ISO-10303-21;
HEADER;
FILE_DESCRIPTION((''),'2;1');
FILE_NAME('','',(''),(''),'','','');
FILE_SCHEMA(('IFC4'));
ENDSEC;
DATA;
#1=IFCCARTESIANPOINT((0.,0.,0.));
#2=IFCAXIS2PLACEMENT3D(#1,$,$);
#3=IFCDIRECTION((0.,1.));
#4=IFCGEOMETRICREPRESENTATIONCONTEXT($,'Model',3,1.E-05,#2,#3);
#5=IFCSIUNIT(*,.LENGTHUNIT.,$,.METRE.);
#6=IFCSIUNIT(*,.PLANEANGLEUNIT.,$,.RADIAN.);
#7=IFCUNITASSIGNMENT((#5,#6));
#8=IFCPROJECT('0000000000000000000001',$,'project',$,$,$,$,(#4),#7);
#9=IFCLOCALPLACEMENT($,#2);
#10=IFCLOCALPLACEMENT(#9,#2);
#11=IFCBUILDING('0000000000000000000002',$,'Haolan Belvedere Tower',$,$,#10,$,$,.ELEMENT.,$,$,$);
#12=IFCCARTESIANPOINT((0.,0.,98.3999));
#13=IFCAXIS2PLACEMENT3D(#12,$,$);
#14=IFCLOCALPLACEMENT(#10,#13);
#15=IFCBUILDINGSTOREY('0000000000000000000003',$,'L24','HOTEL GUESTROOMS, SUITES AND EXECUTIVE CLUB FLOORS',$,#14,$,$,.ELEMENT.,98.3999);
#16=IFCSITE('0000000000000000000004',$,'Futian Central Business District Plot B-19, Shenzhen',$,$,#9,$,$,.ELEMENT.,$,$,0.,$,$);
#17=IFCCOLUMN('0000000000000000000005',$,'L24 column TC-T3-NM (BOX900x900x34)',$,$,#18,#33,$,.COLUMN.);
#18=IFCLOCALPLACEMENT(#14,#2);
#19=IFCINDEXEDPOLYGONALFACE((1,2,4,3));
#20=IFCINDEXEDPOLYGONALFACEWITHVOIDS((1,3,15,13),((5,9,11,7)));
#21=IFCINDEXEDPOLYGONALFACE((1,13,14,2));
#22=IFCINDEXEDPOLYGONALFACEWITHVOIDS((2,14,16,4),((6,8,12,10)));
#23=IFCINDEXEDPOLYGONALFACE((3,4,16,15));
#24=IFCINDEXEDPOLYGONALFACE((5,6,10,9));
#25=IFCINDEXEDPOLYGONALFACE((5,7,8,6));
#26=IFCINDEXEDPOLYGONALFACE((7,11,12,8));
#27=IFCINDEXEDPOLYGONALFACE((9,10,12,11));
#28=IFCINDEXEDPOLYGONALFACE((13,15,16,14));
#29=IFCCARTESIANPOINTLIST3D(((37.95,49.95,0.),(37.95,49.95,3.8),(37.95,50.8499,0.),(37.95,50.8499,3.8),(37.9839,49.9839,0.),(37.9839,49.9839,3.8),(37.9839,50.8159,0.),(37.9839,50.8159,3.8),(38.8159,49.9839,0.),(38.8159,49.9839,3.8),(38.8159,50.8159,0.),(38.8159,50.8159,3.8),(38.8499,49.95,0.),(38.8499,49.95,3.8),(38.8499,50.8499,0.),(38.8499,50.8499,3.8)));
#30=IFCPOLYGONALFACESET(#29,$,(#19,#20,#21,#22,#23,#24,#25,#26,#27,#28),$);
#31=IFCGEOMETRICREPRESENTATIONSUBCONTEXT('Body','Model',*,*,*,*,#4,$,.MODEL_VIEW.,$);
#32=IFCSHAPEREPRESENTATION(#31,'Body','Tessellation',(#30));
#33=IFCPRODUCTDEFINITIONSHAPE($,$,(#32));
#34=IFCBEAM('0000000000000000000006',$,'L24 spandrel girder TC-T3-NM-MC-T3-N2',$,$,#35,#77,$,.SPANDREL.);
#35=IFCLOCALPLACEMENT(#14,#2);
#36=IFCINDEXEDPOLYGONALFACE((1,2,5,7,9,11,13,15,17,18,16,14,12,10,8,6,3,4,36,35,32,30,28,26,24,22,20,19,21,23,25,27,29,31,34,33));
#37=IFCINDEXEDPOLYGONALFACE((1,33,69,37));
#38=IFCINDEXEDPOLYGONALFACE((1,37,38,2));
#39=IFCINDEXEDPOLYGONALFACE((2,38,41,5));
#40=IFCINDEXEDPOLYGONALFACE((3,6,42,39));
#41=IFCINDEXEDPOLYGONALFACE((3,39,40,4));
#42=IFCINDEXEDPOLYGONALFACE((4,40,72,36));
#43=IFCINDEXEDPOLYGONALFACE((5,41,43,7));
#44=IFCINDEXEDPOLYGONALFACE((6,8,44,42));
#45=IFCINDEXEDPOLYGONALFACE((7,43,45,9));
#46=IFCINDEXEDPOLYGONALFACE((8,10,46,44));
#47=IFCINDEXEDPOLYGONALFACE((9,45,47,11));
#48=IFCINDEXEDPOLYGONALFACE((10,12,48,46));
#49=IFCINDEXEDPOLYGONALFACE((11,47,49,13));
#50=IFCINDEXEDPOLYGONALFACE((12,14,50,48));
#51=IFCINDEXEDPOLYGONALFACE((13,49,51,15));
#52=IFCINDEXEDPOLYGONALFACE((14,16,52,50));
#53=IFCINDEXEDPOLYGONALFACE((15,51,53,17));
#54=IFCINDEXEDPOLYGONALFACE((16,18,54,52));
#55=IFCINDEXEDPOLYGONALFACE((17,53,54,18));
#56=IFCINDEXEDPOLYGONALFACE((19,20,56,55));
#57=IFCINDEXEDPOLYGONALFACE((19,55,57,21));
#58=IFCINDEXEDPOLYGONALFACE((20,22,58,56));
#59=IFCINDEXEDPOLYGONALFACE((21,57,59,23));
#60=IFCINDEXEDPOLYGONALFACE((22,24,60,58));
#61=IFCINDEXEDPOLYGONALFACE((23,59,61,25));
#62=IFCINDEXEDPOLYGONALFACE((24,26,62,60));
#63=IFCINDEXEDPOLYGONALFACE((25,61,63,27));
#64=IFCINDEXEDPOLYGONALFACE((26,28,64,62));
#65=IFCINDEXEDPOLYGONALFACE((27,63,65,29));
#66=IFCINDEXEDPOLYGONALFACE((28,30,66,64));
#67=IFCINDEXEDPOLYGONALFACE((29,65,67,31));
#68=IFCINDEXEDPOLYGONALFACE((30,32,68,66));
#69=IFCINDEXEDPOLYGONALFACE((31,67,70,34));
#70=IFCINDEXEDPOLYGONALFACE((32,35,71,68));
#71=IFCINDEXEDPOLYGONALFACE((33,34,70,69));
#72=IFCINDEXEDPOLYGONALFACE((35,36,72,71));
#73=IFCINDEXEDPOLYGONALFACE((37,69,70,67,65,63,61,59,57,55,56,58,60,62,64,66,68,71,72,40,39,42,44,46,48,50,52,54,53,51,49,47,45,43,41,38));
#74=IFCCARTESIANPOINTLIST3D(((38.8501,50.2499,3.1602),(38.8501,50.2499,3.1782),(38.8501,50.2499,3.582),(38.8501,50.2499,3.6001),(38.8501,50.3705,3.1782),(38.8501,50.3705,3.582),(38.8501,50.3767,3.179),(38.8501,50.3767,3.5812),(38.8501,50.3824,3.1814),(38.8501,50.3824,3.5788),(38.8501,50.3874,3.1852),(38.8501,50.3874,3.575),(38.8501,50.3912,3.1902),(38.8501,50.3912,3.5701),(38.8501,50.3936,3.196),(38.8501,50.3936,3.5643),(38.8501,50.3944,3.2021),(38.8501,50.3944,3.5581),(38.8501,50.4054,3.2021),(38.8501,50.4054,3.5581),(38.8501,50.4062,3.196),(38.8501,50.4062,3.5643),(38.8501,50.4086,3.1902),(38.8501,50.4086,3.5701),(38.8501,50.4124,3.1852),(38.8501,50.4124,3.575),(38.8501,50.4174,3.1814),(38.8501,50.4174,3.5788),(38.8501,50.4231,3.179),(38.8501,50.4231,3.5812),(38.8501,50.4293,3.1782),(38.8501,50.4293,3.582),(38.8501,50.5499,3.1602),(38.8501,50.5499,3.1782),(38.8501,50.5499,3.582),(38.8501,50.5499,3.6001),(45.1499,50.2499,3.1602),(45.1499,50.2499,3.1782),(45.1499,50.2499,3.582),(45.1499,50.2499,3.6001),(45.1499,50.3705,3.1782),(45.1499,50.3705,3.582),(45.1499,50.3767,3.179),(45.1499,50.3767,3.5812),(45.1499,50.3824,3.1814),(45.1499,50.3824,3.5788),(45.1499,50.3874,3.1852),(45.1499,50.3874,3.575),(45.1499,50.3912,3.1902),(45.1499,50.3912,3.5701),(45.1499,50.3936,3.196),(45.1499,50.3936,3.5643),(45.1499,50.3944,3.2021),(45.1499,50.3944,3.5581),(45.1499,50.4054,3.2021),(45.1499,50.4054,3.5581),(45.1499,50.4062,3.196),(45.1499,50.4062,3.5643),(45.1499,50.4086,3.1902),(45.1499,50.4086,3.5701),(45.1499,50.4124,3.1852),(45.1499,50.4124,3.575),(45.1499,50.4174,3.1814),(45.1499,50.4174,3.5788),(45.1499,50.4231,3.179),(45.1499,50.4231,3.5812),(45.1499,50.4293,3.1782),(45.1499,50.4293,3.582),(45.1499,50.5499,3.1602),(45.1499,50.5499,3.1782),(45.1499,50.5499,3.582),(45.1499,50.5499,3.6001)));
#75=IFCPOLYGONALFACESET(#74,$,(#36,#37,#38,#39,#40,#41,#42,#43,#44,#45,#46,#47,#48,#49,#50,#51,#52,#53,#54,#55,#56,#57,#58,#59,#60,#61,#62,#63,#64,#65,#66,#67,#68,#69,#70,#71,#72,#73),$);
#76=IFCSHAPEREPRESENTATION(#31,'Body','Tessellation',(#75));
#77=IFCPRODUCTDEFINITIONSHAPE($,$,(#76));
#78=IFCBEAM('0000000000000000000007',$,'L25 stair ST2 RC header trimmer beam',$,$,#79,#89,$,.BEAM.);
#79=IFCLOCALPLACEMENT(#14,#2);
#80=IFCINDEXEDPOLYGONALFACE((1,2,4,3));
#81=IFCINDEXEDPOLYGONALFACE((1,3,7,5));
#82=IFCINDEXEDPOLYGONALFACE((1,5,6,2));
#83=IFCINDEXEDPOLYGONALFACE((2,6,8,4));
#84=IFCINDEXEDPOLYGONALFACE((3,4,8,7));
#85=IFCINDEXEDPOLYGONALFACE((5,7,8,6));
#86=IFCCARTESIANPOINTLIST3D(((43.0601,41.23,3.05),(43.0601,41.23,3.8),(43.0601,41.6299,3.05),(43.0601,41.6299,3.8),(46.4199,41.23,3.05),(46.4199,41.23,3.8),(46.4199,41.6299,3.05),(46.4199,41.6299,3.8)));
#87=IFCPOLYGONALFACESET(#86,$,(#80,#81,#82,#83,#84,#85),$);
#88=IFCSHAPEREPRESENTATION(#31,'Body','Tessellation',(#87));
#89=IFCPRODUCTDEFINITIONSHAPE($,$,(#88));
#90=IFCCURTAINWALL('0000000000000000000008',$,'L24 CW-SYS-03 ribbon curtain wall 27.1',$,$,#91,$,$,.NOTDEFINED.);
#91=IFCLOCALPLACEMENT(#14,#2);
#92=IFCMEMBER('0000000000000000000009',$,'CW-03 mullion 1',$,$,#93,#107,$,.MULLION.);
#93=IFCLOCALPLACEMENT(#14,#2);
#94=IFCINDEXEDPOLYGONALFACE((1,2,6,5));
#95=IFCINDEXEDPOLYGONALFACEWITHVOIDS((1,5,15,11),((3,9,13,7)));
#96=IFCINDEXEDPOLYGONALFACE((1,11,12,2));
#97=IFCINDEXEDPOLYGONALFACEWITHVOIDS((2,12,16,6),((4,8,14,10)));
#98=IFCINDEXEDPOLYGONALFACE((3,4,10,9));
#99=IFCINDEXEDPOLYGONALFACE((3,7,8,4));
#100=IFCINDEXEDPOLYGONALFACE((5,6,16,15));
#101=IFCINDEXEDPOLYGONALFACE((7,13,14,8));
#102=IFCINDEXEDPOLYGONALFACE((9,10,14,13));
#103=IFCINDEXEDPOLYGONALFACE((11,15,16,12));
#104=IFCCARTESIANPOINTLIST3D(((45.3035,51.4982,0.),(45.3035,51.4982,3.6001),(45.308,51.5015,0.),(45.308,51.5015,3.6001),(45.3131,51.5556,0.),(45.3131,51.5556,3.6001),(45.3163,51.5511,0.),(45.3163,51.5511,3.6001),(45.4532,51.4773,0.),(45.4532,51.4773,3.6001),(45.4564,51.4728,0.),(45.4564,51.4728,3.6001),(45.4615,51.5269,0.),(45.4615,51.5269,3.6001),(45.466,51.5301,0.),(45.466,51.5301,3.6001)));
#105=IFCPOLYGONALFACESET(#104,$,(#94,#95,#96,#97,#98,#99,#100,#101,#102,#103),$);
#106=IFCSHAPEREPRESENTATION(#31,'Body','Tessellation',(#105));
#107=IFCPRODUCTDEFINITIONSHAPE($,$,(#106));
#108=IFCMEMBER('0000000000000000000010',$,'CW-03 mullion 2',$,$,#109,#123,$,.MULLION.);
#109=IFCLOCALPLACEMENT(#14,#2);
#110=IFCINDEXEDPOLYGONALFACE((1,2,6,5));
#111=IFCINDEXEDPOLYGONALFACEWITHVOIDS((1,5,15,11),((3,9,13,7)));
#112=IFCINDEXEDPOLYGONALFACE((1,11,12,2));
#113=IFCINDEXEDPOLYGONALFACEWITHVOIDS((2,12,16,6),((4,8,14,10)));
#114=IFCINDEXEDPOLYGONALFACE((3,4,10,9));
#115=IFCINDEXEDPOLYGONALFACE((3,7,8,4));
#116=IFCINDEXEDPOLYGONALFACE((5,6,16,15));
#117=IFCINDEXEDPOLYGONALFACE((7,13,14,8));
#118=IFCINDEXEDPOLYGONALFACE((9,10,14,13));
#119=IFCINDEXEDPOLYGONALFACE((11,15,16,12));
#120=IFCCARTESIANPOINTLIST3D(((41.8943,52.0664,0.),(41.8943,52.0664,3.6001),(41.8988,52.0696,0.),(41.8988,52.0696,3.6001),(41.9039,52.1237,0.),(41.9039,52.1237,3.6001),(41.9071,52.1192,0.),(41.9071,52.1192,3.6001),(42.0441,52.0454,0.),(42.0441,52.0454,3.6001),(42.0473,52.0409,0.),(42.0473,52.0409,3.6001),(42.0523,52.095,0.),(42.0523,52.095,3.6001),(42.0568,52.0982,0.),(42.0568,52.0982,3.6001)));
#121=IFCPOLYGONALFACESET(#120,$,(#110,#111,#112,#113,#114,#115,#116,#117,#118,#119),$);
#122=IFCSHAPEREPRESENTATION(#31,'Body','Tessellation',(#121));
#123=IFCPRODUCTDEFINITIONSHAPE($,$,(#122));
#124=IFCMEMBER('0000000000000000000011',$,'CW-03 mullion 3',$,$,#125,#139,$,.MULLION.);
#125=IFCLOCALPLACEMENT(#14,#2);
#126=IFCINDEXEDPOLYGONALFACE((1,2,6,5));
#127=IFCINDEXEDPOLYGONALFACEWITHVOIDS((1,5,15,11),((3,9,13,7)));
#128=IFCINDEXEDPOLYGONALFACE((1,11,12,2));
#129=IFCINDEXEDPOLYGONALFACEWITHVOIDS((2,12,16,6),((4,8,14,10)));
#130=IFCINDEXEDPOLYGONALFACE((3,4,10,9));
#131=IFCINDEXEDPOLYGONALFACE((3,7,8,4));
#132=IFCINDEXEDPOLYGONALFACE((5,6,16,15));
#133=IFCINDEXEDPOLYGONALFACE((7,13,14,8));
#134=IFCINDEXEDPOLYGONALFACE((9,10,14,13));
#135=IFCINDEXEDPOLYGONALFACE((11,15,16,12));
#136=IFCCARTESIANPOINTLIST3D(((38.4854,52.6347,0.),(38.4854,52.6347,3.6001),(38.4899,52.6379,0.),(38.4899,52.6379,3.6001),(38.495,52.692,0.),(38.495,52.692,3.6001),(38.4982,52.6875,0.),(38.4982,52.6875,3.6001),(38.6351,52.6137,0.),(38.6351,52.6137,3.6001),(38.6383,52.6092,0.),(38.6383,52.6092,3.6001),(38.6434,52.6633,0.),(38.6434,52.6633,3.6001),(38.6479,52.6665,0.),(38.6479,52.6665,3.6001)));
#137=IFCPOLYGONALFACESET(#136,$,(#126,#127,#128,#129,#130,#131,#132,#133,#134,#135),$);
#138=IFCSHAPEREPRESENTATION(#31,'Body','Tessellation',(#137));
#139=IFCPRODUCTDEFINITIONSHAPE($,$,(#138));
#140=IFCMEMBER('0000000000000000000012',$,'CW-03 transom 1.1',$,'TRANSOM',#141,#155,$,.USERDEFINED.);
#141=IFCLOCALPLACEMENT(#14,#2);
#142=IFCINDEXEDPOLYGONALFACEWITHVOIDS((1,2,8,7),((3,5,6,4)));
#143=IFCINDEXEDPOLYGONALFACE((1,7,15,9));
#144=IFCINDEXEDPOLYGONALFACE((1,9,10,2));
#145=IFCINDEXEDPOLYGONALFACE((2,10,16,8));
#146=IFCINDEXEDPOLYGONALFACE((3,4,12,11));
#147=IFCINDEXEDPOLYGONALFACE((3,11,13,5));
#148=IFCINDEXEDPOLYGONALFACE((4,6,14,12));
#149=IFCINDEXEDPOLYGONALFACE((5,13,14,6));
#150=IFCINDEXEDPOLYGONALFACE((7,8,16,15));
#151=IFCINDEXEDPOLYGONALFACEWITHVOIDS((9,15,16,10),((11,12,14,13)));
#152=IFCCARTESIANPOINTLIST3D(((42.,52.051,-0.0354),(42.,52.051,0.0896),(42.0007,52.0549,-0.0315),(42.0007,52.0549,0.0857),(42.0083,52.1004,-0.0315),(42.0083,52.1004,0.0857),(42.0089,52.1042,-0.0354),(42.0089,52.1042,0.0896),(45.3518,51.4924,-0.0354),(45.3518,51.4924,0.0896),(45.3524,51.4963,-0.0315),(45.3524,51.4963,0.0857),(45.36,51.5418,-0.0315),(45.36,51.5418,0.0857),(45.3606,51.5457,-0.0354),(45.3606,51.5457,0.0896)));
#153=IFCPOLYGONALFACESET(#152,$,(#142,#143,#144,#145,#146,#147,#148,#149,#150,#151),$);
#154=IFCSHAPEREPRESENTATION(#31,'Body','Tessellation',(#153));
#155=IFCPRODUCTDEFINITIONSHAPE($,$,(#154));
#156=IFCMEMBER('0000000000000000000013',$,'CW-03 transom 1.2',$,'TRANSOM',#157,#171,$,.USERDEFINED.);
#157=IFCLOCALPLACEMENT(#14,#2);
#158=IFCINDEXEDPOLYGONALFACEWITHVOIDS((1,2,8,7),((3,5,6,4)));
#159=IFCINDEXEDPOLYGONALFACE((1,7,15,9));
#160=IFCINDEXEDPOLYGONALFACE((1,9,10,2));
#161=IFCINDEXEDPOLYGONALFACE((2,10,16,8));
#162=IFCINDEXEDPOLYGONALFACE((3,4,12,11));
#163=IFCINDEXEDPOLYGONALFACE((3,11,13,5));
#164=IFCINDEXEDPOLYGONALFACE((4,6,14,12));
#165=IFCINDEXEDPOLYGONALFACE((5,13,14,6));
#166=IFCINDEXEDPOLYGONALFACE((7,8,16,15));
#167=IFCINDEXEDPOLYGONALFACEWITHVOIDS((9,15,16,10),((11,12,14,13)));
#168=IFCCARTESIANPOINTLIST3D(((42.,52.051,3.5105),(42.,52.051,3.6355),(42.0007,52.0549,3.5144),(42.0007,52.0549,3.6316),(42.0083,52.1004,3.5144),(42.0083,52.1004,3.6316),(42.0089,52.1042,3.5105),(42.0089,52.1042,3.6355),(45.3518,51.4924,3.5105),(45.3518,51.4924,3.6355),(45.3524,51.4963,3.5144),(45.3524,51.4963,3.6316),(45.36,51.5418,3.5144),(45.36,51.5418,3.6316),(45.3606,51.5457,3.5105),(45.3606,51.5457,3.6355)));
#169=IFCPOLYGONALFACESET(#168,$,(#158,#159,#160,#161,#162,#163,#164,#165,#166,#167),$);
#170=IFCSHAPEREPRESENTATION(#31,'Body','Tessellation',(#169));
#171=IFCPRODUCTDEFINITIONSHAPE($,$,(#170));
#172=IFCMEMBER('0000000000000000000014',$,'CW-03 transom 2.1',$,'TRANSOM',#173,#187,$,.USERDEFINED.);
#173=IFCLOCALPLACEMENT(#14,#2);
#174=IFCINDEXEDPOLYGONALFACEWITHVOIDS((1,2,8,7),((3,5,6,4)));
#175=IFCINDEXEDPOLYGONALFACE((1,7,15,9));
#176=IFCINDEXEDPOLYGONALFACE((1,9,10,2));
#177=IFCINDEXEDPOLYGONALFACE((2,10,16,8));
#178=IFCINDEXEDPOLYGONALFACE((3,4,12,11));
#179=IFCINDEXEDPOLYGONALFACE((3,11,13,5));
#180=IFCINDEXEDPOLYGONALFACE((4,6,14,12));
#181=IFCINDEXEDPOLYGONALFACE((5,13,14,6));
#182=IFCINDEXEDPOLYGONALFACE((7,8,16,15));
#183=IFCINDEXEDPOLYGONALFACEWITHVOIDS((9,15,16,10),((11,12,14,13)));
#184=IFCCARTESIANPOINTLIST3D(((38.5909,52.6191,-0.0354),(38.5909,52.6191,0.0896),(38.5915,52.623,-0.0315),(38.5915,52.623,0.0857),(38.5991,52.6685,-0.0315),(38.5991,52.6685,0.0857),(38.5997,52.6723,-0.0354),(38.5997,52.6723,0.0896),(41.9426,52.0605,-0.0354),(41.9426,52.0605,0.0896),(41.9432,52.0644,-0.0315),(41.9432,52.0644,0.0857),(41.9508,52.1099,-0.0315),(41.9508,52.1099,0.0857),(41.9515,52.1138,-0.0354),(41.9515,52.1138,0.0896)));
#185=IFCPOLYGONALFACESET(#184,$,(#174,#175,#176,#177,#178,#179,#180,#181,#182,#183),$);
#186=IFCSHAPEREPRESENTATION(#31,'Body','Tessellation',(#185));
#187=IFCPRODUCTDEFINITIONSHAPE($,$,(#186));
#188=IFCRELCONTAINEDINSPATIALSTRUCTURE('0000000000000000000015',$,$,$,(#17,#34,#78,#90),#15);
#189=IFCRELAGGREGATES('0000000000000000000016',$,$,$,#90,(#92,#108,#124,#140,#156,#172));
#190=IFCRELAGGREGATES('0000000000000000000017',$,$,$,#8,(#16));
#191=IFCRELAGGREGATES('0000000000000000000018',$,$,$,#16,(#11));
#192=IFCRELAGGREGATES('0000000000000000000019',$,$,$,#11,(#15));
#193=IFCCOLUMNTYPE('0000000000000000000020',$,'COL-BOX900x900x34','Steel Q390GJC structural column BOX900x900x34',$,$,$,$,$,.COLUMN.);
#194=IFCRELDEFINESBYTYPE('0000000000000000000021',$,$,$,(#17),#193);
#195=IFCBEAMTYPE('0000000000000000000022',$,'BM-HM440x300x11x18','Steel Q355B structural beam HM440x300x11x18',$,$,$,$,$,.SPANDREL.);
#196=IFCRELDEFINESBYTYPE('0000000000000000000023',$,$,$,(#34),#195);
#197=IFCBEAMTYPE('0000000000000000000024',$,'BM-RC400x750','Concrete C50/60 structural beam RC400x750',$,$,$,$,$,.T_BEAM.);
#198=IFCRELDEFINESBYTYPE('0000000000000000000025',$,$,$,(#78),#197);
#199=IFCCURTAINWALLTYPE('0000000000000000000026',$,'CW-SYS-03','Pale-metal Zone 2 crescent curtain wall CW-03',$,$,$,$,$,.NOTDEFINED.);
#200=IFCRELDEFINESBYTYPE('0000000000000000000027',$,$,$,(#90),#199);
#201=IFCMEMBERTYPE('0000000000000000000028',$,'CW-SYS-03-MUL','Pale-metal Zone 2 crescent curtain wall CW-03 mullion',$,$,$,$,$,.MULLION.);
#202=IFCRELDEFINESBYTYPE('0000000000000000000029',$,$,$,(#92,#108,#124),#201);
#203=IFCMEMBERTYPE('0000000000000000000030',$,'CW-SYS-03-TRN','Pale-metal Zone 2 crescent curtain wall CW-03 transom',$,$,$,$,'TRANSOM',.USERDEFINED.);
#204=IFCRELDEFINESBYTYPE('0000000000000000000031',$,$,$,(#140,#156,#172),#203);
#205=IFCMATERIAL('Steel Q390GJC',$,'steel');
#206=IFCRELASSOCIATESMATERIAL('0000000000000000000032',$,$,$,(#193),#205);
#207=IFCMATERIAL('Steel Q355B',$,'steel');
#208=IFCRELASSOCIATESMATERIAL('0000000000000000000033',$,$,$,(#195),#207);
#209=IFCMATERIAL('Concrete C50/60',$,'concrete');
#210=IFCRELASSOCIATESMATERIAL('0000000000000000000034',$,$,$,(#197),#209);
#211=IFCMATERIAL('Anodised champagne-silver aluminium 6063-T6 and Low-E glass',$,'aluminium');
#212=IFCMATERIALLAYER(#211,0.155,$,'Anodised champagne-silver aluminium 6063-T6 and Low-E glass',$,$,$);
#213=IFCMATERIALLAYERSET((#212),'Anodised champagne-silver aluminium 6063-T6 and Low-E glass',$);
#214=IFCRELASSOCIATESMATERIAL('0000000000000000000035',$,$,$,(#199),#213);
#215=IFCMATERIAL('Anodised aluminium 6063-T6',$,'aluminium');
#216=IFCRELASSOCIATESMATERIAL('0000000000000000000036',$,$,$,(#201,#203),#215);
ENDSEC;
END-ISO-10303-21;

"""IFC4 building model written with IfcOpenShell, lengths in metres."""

from ifc_helpers import new_model, si_unit, direction, frame, origin, origin_2d, place, context, subcontext, project, spatial, rectangle, hollow_rectangle, i_section, extrude, material, layer, layer_set, material_profile, profile_set, type_object, element, aggregate, save


model = new_model("IFC4")

# Units and contexts
model_context = context("Model", 3, precision=1e-05, world=origin(), true_north=direction((0.0, 1.0)))
body_context = subcontext(model_context, "Body", "Model", "MODEL_VIEW")
ifc_project = project(units=[si_unit("LENGTHUNIT", "METRE"), si_unit("PLANEANGLEUNIT", "RADIAN")], contexts=[model_context])

# Site, building, storey
site_placement = place(None, origin())
site = spatial("IfcSite", under=ifc_project, at=site_placement, Name="Futian Central Business District Plot B-19, Shenzhen", CompositionType="ELEMENT", RefElevation=0.0)
building_placement = place(site_placement, origin())
building = spatial("IfcBuilding", under=site, at=building_placement, Name="Haolan Belvedere Tower", CompositionType="ELEMENT")
storey_placement = place(building_placement, frame((0.0, 0.0, 98.3999)))
storey = spatial("IfcBuildingStorey", under=building, at=storey_placement, Name="L24", Description="HOTEL GUESTROOMS, SUITES AND EXECUTIVE CLUB FLOORS", CompositionType="ELEMENT", Elevation=98.3999)

# Column
ifc_material_1 = material(Name="Steel Q390GJC", Category="steel")
ifc_material_profile_1 = material_profile(ifc_material_1, hollow_rectangle(XDim=0.8999, YDim=0.8999, WallThickness=0.0339, at=origin_2d()), Name="Steel Q390GJC")
ifc_profile_set_1 = profile_set([ifc_material_profile_1], Name="Steel Q390GJC")
column_type = type_object("IfcColumnType", Name="COL-BOX900x900x34", Description="Steel Q390GJC structural column BOX900x900x34", PredefinedType="COLUMN", material=ifc_profile_set_1)
column_placement = place(storey_placement, frame((38.3999, 50.3999, 0.0), z_axis=(0.0, 0.0, 1.0), x_axis=(1.0, 0.0, 0.0)))
element("IfcColumn", 1, at=column_placement, inside=storey, type_object=column_type, Name="L24 column TC-T3-NM (BOX900x900x34)", PredefinedType="COLUMN", context=body_context, shape_type="SweptSolid", body=[
    extrude(hollow_rectangle(XDim=0.8999, YDim=0.8999, WallThickness=0.0339, at=origin_2d()), origin(), (0.0, 0.0, 1.0), 3.8),
])

# Beams
ifc_material_2 = material(Name="Steel Q355B", Category="steel")
ifc_material_profile_2 = material_profile(ifc_material_2, i_section(OverallWidth=0.3, OverallDepth=0.4399, WebThickness=0.011, FlangeThickness=0.0181, FilletRadius=0.0239, at=origin_2d()), Name="Steel Q355B")
ifc_profile_set_2 = profile_set([ifc_material_profile_2], Name="Steel Q355B")
beam_type_1 = type_object("IfcBeamType", Name="BM-HM440x300x11x18", Description="Steel Q355B structural beam HM440x300x11x18", PredefinedType="SPANDREL", material=ifc_profile_set_2)
beam_1_placement = place(storey_placement, frame((38.8501, 50.3999, 3.3801), z_axis=(1.0, 0.0, 0.0), x_axis=(0.0, 1.0, 0.0)))
element("IfcBeam", 2, at=beam_1_placement, inside=storey, type_object=beam_type_1, Name="L24 spandrel girder TC-T3-NM-MC-T3-N2", PredefinedType="SPANDREL", context=body_context, shape_type="SweptSolid", body=[
    extrude(i_section(OverallWidth=0.3, OverallDepth=0.4399, WebThickness=0.011, FlangeThickness=0.0181, FilletRadius=0.0239, at=origin_2d()), origin(), (0.0, 0.0, 1.0), 6.2998),
])
ifc_material_3 = material(Name="Concrete C50/60", Category="concrete")
ifc_material_profile_3 = material_profile(ifc_material_3, rectangle(XDim=0.3999, YDim=0.75, at=origin_2d()), Name="Concrete C50/60")
ifc_profile_set_3 = profile_set([ifc_material_profile_3], Name="Concrete C50/60")
beam_type_2 = type_object("IfcBeamType", Name="BM-RC400x750", Description="Concrete C50/60 structural beam RC400x750", PredefinedType="T_BEAM", material=ifc_profile_set_3)
beam_2_placement = place(storey_placement, frame((43.0601, 41.4299, 3.425), z_axis=(1.0, 0.0, 0.0), x_axis=(0.0, 1.0, 0.0)))
element("IfcBeam", 3, at=beam_2_placement, inside=storey, type_object=beam_type_2, Name="L25 stair ST2 RC header trimmer beam", PredefinedType="BEAM", context=body_context, shape_type="SweptSolid", body=[
    extrude(rectangle(XDim=0.3999, YDim=0.75, at=origin_2d()), origin(), (0.0, 0.0, 1.0), 3.3599),
])

# Curtain wall, members
ifc_material_4 = material(Name="Anodised champagne-silver aluminium 6063-T6 and Low-E glass", Category="aluminium")
ifc_layer_1 = layer(ifc_material_4, 0.155, Name="Anodised champagne-silver aluminium 6063-T6 and Low-E glass")
ifc_layer_set_1 = layer_set([ifc_layer_1], Name="Anodised champagne-silver aluminium 6063-T6 and Low-E glass")
curtain_wall_type = type_object("IfcCurtainWallType", Name="CW-SYS-03", Description="Pale-metal Zone 2 crescent curtain wall CW-03", PredefinedType="NOTDEFINED", material=ifc_layer_set_1)
curtain_wall_placement = place(storey_placement, origin())
curtain_wall = element("IfcCurtainWall", 4, at=curtain_wall_placement, inside=storey, type_object=curtain_wall_type, Name="L24 CW-SYS-03 ribbon curtain wall 27.1", PredefinedType="NOTDEFINED")
ifc_material_5 = material(Name="Anodised aluminium 6063-T6", Category="aluminium")
ifc_material_profile_4 = material_profile(ifc_material_5, hollow_rectangle(XDim=0.0581, YDim=0.155, WallThickness=0.0039, at=origin_2d()), Name="Anodised aluminium 6063-T6")
ifc_profile_set_4 = profile_set([ifc_material_profile_4], Name="Anodised aluminium 6063-T6")
member_type_1 = type_object("IfcMemberType", Name="CW-SYS-03-MUL", Description="Pale-metal Zone 2 crescent curtain wall CW-03 mullion", PredefinedType="MULLION", material=ifc_profile_set_4)
member_1_placement = place(storey_placement, frame((45.3848, 51.5142, 0.0), z_axis=(0.0, 0.0, 1.0), x_axis=(-0.164404, -0.986393, 0.0)))
member_1 = element("IfcMember", 5, at=member_1_placement, type_object=member_type_1, Name="CW-03 mullion 1", PredefinedType="MULLION", context=body_context, shape_type="SweptSolid", body=[
    extrude(hollow_rectangle(XDim=0.0581, YDim=0.155, WallThickness=0.0039, at=origin_2d()), origin(), (0.0, 0.0, 1.0), 3.6001),
])
member_2_placement = place(storey_placement, frame((41.9756, 52.0823, 0.0), z_axis=(0.0, 0.0, 1.0), x_axis=(-0.164404, -0.986393, 0.0)))
member_2 = element("IfcMember", 6, at=member_2_placement, type_object=member_type_1, Name="CW-03 mullion 2", PredefinedType="MULLION", context=body_context, shape_type="SweptSolid", body=[
    extrude(hollow_rectangle(XDim=0.0581, YDim=0.155, WallThickness=0.0039, at=origin_2d()), origin(), (0.0, 0.0, 1.0), 3.6001),
])
member_3_placement = place(storey_placement, frame((38.5667, 52.6506, 0.0), z_axis=(0.0, 0.0, 1.0), x_axis=(-0.164404, -0.986393, 0.0)))
member_3 = element("IfcMember", 7, at=member_3_placement, type_object=member_type_1, Name="CW-03 mullion 3", PredefinedType="MULLION", context=body_context, shape_type="SweptSolid", body=[
    extrude(hollow_rectangle(XDim=0.0581, YDim=0.155, WallThickness=0.0039, at=origin_2d()), origin(), (0.0, 0.0, 1.0), 3.6001),
])
ifc_material_profile_5 = material_profile(ifc_material_5, hollow_rectangle(XDim=0.054, YDim=0.125, WallThickness=0.0039, at=origin_2d()), Name="Anodised aluminium 6063-T6")
ifc_profile_set_5 = profile_set([ifc_material_profile_5], Name="Anodised aluminium 6063-T6")
member_type_2 = type_object("IfcMemberType", Name="CW-SYS-03-TRN", Description="Pale-metal Zone 2 crescent curtain wall CW-03 transom", ElementType="TRANSOM", PredefinedType="USERDEFINED", material=ifc_profile_set_5)
member_4_placement = place(storey_placement, frame((45.3562, 51.519, 0.0271), z_axis=(-0.986396, 0.164387, 0.0), x_axis=(-0.164387, -0.986396, 0.0)))
member_4 = element("IfcMember", 8, at=member_4_placement, type_object=member_type_2, Name="CW-03 transom 1.1", ObjectType="TRANSOM", PredefinedType="USERDEFINED", context=body_context, shape_type="SweptSolid", body=[
    extrude(hollow_rectangle(XDim=0.054, YDim=0.125, WallThickness=0.0039, at=origin_2d()), origin(), (0.0, 0.0, 1.0), 3.3979),
])
member_5_placement = place(storey_placement, frame((45.3562, 51.519, 3.573), z_axis=(-0.986396, 0.164387, 0.0), x_axis=(-0.164387, -0.986396, 0.0)))
member_5 = element("IfcMember", 9, at=member_5_placement, type_object=member_type_2, Name="CW-03 transom 1.2", ObjectType="TRANSOM", PredefinedType="USERDEFINED", context=body_context, shape_type="SweptSolid", body=[
    extrude(hollow_rectangle(XDim=0.054, YDim=0.125, WallThickness=0.0039, at=origin_2d()), origin(), (0.0, 0.0, 1.0), 3.3979),
])
member_6_placement = place(storey_placement, frame((41.947, 52.0872, 0.0271), z_axis=(-0.986396, 0.164387, 0.0), x_axis=(-0.164387, -0.986396, 0.0)))
member_6 = element("IfcMember", 10, at=member_6_placement, type_object=member_type_2, Name="CW-03 transom 2.1", ObjectType="TRANSOM", PredefinedType="USERDEFINED", context=body_context, shape_type="SweptSolid", body=[
    extrude(hollow_rectangle(XDim=0.054, YDim=0.125, WallThickness=0.0039, at=origin_2d()), origin(), (0.0, 0.0, 1.0), 3.3979),
])
aggregate(curtain_wall, [member_1, member_2, member_3, member_4, member_5, member_6])

save(model, "model.ifc")
